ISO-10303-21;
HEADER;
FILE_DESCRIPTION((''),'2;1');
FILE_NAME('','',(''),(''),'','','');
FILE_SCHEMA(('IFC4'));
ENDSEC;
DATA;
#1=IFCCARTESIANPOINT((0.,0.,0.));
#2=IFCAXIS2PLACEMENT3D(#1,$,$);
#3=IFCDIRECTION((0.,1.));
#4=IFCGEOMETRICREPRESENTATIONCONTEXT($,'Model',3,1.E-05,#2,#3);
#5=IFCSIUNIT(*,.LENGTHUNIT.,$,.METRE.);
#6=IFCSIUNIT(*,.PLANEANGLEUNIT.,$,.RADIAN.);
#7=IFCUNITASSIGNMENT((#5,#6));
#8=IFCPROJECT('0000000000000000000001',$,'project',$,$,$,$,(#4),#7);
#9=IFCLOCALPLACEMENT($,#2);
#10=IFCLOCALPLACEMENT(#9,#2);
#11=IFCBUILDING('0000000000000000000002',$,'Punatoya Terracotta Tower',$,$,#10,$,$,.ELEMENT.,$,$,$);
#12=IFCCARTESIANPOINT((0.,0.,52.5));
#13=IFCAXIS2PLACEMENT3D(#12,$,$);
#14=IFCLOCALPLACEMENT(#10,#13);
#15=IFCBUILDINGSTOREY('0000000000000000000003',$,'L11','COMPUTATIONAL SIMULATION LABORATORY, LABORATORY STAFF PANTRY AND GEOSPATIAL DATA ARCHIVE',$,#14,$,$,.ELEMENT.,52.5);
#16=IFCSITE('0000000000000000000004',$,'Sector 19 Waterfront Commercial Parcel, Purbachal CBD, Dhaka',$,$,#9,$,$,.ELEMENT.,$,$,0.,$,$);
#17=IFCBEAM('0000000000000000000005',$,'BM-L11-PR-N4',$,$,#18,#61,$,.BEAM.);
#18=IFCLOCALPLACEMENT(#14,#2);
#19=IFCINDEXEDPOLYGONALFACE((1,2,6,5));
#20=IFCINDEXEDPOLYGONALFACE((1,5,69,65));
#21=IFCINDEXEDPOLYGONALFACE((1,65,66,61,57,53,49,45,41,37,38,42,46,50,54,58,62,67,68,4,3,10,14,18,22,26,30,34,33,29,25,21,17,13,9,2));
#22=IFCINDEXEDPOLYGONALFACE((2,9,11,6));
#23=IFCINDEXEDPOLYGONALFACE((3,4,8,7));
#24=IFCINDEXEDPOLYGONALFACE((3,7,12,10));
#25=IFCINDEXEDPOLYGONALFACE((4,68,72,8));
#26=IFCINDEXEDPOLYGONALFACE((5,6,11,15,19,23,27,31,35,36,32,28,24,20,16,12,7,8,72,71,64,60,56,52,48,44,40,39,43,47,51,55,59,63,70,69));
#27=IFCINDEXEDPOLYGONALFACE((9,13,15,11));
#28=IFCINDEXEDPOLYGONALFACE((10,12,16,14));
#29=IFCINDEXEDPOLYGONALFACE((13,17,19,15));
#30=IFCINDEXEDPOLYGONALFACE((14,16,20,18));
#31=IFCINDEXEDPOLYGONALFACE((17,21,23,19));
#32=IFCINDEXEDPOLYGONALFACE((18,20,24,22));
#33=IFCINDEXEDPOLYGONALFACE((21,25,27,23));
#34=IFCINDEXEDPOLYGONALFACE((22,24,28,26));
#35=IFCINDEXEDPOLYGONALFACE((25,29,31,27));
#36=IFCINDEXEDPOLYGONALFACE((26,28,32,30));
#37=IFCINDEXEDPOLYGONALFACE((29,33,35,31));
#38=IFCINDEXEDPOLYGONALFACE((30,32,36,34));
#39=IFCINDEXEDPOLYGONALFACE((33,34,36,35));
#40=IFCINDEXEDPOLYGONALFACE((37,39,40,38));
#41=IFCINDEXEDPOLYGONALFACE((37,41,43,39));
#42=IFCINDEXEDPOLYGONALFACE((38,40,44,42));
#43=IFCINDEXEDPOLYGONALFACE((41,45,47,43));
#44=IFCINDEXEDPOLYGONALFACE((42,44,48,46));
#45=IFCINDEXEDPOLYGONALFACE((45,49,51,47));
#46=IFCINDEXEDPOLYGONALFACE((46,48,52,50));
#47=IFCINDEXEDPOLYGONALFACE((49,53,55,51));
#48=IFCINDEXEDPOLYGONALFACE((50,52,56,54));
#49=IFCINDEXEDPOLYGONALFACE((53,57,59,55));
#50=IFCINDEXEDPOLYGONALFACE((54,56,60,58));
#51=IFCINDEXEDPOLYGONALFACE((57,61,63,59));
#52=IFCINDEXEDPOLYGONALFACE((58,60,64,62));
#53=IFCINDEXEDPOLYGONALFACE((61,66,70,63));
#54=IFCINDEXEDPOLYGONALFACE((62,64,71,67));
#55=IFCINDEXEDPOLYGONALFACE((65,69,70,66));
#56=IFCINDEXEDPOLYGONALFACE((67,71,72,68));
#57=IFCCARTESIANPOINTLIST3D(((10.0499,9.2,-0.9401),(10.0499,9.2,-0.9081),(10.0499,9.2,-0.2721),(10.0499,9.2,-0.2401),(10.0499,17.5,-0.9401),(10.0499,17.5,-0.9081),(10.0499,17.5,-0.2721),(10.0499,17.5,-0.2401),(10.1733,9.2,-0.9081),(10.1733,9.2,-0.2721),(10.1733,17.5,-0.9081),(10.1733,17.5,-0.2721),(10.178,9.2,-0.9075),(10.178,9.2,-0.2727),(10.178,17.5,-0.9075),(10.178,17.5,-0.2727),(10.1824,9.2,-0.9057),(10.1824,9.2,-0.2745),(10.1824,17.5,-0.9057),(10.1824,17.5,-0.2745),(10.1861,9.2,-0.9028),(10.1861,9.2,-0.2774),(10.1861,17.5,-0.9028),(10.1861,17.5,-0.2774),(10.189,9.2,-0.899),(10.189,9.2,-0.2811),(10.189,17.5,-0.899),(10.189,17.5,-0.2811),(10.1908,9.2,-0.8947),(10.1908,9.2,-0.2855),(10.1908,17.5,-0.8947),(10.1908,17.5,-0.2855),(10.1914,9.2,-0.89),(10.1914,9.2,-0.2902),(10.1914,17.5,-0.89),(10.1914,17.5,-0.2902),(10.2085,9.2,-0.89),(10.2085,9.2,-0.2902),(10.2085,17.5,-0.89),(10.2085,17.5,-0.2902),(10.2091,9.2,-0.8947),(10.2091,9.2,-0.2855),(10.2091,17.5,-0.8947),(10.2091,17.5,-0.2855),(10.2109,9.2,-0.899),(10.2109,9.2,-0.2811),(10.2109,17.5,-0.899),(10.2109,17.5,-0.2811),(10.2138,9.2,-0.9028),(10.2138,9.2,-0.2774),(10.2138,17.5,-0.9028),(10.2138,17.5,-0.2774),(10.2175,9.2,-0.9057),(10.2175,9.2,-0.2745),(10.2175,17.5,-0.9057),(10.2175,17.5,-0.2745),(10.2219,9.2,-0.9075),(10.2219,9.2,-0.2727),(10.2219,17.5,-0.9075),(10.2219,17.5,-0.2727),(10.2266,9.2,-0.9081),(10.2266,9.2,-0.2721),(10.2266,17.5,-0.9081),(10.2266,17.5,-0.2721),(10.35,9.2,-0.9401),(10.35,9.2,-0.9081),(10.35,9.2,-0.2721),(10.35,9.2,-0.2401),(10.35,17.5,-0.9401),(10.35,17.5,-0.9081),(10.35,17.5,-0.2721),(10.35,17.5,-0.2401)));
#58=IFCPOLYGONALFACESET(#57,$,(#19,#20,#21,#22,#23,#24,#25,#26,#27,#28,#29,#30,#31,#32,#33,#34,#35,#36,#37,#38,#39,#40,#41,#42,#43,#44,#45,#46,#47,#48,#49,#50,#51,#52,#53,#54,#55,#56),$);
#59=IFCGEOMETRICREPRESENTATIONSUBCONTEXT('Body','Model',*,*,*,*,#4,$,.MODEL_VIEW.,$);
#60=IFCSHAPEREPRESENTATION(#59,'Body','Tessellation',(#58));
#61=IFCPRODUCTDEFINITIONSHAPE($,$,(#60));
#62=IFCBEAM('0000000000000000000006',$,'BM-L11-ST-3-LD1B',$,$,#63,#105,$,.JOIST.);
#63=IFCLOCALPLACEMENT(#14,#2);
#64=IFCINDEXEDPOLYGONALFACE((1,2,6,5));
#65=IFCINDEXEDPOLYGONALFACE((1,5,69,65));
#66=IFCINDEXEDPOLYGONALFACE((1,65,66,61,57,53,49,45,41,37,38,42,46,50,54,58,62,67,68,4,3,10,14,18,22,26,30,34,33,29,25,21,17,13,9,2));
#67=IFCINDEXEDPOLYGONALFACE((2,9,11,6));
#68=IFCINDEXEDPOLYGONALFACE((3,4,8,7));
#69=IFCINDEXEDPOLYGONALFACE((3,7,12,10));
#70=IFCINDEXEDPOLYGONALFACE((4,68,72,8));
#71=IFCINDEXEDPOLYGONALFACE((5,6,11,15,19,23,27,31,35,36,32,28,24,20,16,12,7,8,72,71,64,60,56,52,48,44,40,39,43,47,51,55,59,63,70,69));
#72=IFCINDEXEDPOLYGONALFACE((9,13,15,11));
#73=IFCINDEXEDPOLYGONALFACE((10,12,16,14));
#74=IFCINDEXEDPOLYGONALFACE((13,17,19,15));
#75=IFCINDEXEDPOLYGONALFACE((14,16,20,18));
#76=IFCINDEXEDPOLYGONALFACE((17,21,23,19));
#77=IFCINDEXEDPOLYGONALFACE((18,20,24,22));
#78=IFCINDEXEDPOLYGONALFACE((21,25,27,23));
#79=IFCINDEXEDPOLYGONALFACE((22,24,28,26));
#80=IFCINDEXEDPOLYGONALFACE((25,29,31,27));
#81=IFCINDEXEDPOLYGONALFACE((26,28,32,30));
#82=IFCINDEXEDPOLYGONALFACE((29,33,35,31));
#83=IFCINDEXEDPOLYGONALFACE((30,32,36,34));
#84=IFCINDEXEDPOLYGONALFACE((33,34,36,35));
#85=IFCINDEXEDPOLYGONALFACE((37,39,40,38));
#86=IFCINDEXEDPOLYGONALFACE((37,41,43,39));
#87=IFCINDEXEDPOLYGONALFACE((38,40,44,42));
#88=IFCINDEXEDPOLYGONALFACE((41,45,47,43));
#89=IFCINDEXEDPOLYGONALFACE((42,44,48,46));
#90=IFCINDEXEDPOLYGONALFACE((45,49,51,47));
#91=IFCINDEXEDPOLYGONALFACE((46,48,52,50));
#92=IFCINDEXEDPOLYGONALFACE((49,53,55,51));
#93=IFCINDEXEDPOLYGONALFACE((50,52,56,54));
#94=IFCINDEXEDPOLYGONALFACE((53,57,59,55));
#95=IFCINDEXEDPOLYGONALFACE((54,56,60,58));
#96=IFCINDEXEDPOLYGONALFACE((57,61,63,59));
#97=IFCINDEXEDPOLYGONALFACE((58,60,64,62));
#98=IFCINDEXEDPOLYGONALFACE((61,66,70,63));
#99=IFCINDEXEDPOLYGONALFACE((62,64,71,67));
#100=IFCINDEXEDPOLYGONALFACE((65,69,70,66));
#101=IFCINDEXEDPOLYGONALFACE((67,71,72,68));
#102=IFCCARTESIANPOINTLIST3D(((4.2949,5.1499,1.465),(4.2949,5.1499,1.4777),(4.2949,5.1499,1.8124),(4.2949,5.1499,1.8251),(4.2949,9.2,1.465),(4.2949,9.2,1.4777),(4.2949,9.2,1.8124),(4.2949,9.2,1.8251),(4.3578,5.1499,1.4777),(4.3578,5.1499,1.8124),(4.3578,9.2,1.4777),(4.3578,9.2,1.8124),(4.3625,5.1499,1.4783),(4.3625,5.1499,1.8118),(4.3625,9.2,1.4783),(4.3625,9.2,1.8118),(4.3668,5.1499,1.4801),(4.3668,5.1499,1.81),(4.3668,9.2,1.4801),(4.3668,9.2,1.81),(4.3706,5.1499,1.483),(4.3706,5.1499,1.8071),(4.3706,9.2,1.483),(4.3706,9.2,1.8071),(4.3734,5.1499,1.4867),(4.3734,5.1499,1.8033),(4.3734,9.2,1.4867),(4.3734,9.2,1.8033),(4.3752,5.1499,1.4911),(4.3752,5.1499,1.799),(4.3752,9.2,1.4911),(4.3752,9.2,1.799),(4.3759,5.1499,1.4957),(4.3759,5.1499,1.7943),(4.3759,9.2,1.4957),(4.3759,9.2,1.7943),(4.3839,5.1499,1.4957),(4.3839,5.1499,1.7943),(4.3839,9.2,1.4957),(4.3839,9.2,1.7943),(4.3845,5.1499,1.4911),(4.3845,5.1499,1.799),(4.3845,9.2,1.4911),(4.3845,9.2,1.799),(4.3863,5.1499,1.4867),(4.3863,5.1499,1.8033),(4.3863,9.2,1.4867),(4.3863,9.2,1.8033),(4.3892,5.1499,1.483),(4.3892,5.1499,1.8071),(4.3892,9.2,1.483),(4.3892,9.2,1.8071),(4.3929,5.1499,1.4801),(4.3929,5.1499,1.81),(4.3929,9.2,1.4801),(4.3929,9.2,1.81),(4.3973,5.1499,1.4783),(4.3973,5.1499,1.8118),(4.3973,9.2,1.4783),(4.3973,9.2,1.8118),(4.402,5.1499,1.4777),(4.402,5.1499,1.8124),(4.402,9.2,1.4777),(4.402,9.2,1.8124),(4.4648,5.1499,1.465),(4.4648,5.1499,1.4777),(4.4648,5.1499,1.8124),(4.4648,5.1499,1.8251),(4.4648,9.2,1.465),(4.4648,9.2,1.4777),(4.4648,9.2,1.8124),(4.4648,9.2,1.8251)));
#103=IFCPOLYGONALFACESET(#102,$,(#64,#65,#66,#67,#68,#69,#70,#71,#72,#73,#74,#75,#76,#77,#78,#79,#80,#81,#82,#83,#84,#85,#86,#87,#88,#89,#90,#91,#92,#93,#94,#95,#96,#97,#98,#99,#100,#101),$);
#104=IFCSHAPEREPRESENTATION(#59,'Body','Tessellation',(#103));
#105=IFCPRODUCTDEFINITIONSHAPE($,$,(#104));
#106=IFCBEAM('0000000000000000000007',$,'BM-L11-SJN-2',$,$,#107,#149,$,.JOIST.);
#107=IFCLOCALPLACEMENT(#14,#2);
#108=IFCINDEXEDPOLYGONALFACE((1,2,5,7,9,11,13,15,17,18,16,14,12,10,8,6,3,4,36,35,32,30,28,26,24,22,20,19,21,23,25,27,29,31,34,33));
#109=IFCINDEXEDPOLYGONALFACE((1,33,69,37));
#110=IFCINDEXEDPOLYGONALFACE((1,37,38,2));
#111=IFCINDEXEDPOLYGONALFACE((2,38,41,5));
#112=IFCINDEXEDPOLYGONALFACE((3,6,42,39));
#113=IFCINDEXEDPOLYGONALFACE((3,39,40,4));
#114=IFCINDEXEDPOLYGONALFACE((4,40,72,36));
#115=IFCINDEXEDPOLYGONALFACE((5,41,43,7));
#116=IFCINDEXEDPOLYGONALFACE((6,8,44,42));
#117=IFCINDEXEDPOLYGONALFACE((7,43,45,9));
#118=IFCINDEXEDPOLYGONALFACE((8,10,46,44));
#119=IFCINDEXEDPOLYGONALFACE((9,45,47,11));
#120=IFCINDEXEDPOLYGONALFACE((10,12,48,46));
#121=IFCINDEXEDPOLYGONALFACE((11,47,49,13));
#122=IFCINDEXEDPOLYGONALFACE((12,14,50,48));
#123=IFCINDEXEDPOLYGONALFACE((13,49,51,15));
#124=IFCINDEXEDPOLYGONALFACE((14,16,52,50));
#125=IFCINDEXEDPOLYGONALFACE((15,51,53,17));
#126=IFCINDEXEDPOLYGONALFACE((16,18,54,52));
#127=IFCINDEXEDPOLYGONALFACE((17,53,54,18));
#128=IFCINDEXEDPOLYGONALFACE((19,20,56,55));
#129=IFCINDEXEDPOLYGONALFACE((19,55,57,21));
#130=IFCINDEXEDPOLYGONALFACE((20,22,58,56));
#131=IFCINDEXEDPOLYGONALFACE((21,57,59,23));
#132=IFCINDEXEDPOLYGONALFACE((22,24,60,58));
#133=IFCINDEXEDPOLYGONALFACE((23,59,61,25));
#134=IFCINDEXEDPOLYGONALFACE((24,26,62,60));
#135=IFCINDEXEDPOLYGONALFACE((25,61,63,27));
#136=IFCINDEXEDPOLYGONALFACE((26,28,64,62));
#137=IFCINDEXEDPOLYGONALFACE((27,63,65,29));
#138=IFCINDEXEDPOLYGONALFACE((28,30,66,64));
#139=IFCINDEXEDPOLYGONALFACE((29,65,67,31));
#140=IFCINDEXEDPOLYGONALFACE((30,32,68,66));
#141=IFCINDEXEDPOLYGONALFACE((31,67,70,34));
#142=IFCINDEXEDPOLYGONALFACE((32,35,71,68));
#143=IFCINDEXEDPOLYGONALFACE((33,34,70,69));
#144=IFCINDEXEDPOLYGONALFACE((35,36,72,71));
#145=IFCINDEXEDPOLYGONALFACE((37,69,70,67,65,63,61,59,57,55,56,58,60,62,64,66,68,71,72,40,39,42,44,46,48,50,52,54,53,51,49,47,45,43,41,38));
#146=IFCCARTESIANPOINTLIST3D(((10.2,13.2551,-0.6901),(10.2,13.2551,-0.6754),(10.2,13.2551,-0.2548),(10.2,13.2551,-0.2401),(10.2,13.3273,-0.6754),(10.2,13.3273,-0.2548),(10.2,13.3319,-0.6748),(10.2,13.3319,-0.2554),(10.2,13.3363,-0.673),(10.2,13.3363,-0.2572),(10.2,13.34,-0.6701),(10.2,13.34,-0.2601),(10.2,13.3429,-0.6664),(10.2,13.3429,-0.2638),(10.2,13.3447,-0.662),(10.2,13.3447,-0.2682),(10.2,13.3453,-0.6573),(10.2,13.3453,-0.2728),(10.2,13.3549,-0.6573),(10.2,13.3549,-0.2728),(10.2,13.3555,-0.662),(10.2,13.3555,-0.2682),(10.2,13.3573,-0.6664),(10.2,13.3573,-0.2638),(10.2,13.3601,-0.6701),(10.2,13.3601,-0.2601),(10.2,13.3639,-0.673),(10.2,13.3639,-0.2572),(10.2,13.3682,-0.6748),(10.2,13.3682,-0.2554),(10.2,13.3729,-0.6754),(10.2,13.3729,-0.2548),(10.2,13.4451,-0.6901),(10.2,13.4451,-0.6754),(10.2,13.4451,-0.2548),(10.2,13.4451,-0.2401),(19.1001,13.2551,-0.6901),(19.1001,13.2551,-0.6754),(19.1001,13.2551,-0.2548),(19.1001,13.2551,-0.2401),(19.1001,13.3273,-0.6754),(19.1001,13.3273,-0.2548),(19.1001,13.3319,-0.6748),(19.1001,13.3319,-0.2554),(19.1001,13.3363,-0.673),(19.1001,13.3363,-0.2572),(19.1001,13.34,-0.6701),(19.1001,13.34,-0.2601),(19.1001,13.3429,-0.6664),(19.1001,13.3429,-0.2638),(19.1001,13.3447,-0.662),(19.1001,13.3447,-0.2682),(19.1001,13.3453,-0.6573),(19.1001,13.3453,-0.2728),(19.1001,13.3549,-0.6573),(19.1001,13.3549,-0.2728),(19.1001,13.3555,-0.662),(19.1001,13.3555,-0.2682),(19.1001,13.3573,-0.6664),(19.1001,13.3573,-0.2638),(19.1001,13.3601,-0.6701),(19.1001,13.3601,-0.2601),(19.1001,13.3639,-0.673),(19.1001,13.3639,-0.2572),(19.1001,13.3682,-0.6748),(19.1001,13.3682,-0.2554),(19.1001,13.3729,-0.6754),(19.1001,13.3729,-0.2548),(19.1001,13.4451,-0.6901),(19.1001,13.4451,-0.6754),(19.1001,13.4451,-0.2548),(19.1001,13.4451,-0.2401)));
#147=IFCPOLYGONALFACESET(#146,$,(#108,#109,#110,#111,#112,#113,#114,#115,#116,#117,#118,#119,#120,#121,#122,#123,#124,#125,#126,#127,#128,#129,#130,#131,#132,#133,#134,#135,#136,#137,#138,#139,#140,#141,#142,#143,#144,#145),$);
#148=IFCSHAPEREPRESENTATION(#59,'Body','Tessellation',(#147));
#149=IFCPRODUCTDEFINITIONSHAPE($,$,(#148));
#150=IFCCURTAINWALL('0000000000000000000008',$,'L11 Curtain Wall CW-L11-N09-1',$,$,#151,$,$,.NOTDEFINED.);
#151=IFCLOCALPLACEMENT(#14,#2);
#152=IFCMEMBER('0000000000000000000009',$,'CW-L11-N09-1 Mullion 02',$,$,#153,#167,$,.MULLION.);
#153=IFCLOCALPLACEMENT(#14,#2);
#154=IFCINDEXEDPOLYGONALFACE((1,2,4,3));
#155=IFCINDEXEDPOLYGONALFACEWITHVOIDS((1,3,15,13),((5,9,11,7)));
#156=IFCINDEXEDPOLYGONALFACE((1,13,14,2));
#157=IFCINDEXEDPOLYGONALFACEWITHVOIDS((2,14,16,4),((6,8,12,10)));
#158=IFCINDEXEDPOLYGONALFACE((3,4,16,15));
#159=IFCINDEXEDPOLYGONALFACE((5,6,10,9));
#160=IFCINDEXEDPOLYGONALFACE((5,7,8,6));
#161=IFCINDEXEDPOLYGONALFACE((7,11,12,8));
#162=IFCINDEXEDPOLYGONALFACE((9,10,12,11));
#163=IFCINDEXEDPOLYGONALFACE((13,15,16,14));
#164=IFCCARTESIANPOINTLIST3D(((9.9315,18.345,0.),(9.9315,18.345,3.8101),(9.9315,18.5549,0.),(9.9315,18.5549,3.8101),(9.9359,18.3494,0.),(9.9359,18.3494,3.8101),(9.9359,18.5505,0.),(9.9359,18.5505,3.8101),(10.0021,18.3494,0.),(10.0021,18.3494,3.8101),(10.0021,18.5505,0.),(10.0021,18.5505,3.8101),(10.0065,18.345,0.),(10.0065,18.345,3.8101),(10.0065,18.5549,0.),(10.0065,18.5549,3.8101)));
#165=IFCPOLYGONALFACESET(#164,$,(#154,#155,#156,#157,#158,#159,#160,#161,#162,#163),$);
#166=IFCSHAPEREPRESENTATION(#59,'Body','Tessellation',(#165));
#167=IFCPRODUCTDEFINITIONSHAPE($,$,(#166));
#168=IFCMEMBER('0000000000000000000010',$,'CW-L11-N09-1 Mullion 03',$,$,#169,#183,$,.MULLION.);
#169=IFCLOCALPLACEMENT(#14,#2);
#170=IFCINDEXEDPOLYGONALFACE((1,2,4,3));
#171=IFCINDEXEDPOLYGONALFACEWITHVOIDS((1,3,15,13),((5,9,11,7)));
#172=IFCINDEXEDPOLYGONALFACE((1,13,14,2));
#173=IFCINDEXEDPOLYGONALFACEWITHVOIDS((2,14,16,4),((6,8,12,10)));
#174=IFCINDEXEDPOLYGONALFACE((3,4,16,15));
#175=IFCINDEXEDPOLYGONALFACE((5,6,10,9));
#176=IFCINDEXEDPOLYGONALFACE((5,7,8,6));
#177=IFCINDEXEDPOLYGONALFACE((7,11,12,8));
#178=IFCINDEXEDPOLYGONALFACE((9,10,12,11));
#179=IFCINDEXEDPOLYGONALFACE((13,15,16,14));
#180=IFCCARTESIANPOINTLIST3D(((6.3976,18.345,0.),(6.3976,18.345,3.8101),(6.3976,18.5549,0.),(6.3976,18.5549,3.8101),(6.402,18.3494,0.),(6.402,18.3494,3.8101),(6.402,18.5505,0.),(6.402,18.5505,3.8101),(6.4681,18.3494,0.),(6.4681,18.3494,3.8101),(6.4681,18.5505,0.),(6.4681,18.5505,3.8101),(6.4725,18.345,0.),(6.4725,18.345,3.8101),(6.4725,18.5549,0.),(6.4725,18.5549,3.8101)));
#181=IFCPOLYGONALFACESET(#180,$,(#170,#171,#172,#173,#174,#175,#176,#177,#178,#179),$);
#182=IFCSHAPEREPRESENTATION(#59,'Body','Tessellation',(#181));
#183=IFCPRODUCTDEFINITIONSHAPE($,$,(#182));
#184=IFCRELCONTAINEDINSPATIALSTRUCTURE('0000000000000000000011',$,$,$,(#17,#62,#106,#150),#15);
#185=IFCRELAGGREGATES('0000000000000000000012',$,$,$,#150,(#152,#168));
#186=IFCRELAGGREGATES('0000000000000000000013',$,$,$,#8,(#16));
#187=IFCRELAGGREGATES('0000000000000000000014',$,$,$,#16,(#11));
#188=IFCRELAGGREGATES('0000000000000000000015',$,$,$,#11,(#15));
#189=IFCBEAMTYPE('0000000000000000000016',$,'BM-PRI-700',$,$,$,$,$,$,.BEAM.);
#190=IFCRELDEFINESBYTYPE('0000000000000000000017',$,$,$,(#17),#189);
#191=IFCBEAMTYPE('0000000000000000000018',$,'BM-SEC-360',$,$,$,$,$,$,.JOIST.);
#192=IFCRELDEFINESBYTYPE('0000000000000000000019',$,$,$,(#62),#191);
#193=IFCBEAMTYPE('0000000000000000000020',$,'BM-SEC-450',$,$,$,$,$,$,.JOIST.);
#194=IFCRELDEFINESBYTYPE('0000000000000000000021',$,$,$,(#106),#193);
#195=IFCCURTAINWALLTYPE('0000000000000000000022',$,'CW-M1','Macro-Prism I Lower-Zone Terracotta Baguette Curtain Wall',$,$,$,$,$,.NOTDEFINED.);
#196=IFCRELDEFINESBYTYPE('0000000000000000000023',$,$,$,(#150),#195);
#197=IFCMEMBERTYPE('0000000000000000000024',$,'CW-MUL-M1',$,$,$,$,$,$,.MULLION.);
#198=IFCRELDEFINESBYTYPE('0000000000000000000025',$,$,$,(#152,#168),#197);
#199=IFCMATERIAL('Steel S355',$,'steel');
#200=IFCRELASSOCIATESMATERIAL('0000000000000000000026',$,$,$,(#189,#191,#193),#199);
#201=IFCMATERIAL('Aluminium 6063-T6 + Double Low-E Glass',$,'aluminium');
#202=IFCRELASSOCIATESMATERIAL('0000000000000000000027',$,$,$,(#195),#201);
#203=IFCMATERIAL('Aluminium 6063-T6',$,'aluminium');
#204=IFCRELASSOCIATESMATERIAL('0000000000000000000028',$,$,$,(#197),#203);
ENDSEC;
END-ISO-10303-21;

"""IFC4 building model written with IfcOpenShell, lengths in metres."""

from ifc_helpers import new_model, si_unit, direction, frame, origin, origin_2d, place, context, subcontext, project, spatial, hollow_rectangle, i_section, extrude, material, material_profile, profile_set, type_object, element, aggregate, save


model = new_model("IFC4")

# Units and contexts
model_context = context("Model", 3, precision=1e-05, world=origin(), true_north=direction((0.0, 1.0)))
body_context = subcontext(model_context, "Body", "Model", "MODEL_VIEW")
ifc_project = project(units=[si_unit("LENGTHUNIT", "METRE"), si_unit("PLANEANGLEUNIT", "RADIAN")], contexts=[model_context])

# Site, building, storey
site_placement = place(None, origin())
site = spatial("IfcSite", under=ifc_project, at=site_placement, Name="Sector 19 Waterfront Commercial Parcel, Purbachal CBD, Dhaka", CompositionType="ELEMENT", RefElevation=0.0)
building_placement = place(site_placement, origin())
building = spatial("IfcBuilding", under=site, at=building_placement, Name="Punatoya Terracotta Tower", CompositionType="ELEMENT")
storey_placement = place(building_placement, frame((0.0, 0.0, 52.5)))
storey = spatial("IfcBuildingStorey", under=building, at=storey_placement, Name="L11", Description="COMPUTATIONAL SIMULATION LABORATORY, LABORATORY STAFF PANTRY AND GEOSPATIAL DATA ARCHIVE", CompositionType="ELEMENT", Elevation=52.5)

# Beams
ifc_material_1 = material(Name="Steel S355", Category="steel")
ifc_material_profile_1 = material_profile(ifc_material_1, i_section(OverallWidth=0.3, OverallDepth=0.7, WebThickness=0.0171, FlangeThickness=0.032, FilletRadius=0.0181, at=origin_2d()))
ifc_profile_set_1 = profile_set([ifc_material_profile_1], Name="Steel S355")
beam_type_1 = type_object("IfcBeamType", Name="BM-PRI-700", PredefinedType="BEAM", material=ifc_profile_set_1)
for number, where, z_axis, x_axis, name in (
    (1, (10.2, 9.2, -0.5901), (0.0, 1.0, 0.0), (-1.0, 0.0, 0.0), "BM-L11-PR-N4"),
):
    element("IfcBeam", number, at=place(storey_placement, frame(where, z_axis=z_axis, x_axis=x_axis)), inside=storey, type_object=beam_type_1, Name=name, PredefinedType="BEAM", context=body_context, shape_type="SweptSolid", body=[
        extrude(i_section(OverallWidth=0.3, OverallDepth=0.7, WebThickness=0.0171, FlangeThickness=0.032, FilletRadius=0.0181, at=origin_2d()), origin(), (0.0, 0.0, 1.0), 8.3),
    ])
ifc_material_profile_2 = material_profile(ifc_material_1, i_section(OverallWidth=0.1699, OverallDepth=0.3601, WebThickness=0.0081, FlangeThickness=0.0127, FilletRadius=0.0181, at=origin_2d()))
ifc_profile_set_2 = profile_set([ifc_material_profile_2], Name="Steel S355")
beam_type_2 = type_object("IfcBeamType", Name="BM-SEC-360", PredefinedType="JOIST", material=ifc_profile_set_2)
beam_1_placement = place(storey_placement, frame((4.3799, 5.1499, 1.645), z_axis=(0.0, 1.0, 0.0), x_axis=(-1.0, 0.0, 0.0)))
element("IfcBeam", 2, at=beam_1_placement, inside=storey, type_object=beam_type_2, Name="BM-L11-ST-3-LD1B", PredefinedType="JOIST", context=body_context, shape_type="SweptSolid", body=[
    extrude(i_section(OverallWidth=0.1699, OverallDepth=0.3601, WebThickness=0.0081, FlangeThickness=0.0127, FilletRadius=0.0181, at=origin_2d()), origin(), (0.0, 0.0, 1.0), 4.05),
])
ifc_material_profile_3 = material_profile(ifc_material_1, i_section(OverallWidth=0.1899, OverallDepth=0.45, WebThickness=0.0095, FlangeThickness=0.0146, FilletRadius=0.0181, at=origin_2d()))
ifc_profile_set_3 = profile_set([ifc_material_profile_3], Name="Steel S355")
beam_type_3 = type_object("IfcBeamType", Name="BM-SEC-450", PredefinedType="JOIST", material=ifc_profile_set_3)
beam_2_placement = place(storey_placement, frame((10.2, 13.3501, -0.4651), z_axis=(1.0, 0.0, 0.0), x_axis=(0.0, 1.0, 0.0)))
element("IfcBeam", 3, at=beam_2_placement, inside=storey, type_object=beam_type_3, Name="BM-L11-SJN-2", PredefinedType="JOIST", context=body_context, shape_type="SweptSolid", body=[
    extrude(i_section(OverallWidth=0.1899, OverallDepth=0.45, WebThickness=0.0095, FlangeThickness=0.0146, FilletRadius=0.0181, at=origin_2d()), origin(), (0.0, 0.0, 1.0), 8.9001),
])

# Curtain wall, members
ifc_material_2 = material(Name="Aluminium 6063-T6 + Double Low-E Glass", Category="aluminium")
curtain_wall_type = type_object("IfcCurtainWallType", Name="CW-M1", Description="Macro-Prism I Lower-Zone Terracotta Baguette Curtain Wall", PredefinedType="NOTDEFINED", material=ifc_material_2)
curtain_wall_placement = place(storey_placement, origin())
curtain_wall = element("IfcCurtainWall", 4, at=curtain_wall_placement, inside=storey, type_object=curtain_wall_type, Name="L11 Curtain Wall CW-L11-N09-1", PredefinedType="NOTDEFINED")
ifc_material_3 = material(Name="Aluminium 6063-T6", Category="aluminium")
ifc_material_profile_4 = material_profile(ifc_material_3, hollow_rectangle(XDim=0.075, YDim=0.21, WallThickness=0.0044, at=origin_2d()))
ifc_profile_set_4 = profile_set([ifc_material_profile_4], Name="Aluminium 6063-T6")
member_type = type_object("IfcMemberType", Name="CW-MUL-M1", PredefinedType="MULLION", material=ifc_profile_set_4)
member_1_placement = place(storey_placement, frame((9.969, 18.45, 0.0), z_axis=(0.0, 0.0, 1.0), x_axis=(1.0, 0.0, 0.0)))
member_1 = element("IfcMember", 5, at=member_1_placement, type_object=member_type, Name="CW-L11-N09-1 Mullion 02", PredefinedType="MULLION", context=body_context, shape_type="SweptSolid", body=[
    extrude(hollow_rectangle(XDim=0.075, YDim=0.21, WallThickness=0.0044, at=origin_2d()), origin(), (0.0, 0.0, 1.0), 3.8101),
])
member_2_placement = place(storey_placement, frame((6.4351, 18.45, 0.0), z_axis=(0.0, 0.0, 1.0), x_axis=(1.0, 0.0, 0.0)))
member_2 = element("IfcMember", 6, at=member_2_placement, type_object=member_type, Name="CW-L11-N09-1 Mullion 03", PredefinedType="MULLION", context=body_context, shape_type="SweptSolid", body=[
    extrude(hollow_rectangle(XDim=0.075, YDim=0.21, WallThickness=0.0044, at=origin_2d()), origin(), (0.0, 0.0, 1.0), 3.8101),
])
aggregate(curtain_wall, [member_1, member_2])

save(model, "model.ifc")
